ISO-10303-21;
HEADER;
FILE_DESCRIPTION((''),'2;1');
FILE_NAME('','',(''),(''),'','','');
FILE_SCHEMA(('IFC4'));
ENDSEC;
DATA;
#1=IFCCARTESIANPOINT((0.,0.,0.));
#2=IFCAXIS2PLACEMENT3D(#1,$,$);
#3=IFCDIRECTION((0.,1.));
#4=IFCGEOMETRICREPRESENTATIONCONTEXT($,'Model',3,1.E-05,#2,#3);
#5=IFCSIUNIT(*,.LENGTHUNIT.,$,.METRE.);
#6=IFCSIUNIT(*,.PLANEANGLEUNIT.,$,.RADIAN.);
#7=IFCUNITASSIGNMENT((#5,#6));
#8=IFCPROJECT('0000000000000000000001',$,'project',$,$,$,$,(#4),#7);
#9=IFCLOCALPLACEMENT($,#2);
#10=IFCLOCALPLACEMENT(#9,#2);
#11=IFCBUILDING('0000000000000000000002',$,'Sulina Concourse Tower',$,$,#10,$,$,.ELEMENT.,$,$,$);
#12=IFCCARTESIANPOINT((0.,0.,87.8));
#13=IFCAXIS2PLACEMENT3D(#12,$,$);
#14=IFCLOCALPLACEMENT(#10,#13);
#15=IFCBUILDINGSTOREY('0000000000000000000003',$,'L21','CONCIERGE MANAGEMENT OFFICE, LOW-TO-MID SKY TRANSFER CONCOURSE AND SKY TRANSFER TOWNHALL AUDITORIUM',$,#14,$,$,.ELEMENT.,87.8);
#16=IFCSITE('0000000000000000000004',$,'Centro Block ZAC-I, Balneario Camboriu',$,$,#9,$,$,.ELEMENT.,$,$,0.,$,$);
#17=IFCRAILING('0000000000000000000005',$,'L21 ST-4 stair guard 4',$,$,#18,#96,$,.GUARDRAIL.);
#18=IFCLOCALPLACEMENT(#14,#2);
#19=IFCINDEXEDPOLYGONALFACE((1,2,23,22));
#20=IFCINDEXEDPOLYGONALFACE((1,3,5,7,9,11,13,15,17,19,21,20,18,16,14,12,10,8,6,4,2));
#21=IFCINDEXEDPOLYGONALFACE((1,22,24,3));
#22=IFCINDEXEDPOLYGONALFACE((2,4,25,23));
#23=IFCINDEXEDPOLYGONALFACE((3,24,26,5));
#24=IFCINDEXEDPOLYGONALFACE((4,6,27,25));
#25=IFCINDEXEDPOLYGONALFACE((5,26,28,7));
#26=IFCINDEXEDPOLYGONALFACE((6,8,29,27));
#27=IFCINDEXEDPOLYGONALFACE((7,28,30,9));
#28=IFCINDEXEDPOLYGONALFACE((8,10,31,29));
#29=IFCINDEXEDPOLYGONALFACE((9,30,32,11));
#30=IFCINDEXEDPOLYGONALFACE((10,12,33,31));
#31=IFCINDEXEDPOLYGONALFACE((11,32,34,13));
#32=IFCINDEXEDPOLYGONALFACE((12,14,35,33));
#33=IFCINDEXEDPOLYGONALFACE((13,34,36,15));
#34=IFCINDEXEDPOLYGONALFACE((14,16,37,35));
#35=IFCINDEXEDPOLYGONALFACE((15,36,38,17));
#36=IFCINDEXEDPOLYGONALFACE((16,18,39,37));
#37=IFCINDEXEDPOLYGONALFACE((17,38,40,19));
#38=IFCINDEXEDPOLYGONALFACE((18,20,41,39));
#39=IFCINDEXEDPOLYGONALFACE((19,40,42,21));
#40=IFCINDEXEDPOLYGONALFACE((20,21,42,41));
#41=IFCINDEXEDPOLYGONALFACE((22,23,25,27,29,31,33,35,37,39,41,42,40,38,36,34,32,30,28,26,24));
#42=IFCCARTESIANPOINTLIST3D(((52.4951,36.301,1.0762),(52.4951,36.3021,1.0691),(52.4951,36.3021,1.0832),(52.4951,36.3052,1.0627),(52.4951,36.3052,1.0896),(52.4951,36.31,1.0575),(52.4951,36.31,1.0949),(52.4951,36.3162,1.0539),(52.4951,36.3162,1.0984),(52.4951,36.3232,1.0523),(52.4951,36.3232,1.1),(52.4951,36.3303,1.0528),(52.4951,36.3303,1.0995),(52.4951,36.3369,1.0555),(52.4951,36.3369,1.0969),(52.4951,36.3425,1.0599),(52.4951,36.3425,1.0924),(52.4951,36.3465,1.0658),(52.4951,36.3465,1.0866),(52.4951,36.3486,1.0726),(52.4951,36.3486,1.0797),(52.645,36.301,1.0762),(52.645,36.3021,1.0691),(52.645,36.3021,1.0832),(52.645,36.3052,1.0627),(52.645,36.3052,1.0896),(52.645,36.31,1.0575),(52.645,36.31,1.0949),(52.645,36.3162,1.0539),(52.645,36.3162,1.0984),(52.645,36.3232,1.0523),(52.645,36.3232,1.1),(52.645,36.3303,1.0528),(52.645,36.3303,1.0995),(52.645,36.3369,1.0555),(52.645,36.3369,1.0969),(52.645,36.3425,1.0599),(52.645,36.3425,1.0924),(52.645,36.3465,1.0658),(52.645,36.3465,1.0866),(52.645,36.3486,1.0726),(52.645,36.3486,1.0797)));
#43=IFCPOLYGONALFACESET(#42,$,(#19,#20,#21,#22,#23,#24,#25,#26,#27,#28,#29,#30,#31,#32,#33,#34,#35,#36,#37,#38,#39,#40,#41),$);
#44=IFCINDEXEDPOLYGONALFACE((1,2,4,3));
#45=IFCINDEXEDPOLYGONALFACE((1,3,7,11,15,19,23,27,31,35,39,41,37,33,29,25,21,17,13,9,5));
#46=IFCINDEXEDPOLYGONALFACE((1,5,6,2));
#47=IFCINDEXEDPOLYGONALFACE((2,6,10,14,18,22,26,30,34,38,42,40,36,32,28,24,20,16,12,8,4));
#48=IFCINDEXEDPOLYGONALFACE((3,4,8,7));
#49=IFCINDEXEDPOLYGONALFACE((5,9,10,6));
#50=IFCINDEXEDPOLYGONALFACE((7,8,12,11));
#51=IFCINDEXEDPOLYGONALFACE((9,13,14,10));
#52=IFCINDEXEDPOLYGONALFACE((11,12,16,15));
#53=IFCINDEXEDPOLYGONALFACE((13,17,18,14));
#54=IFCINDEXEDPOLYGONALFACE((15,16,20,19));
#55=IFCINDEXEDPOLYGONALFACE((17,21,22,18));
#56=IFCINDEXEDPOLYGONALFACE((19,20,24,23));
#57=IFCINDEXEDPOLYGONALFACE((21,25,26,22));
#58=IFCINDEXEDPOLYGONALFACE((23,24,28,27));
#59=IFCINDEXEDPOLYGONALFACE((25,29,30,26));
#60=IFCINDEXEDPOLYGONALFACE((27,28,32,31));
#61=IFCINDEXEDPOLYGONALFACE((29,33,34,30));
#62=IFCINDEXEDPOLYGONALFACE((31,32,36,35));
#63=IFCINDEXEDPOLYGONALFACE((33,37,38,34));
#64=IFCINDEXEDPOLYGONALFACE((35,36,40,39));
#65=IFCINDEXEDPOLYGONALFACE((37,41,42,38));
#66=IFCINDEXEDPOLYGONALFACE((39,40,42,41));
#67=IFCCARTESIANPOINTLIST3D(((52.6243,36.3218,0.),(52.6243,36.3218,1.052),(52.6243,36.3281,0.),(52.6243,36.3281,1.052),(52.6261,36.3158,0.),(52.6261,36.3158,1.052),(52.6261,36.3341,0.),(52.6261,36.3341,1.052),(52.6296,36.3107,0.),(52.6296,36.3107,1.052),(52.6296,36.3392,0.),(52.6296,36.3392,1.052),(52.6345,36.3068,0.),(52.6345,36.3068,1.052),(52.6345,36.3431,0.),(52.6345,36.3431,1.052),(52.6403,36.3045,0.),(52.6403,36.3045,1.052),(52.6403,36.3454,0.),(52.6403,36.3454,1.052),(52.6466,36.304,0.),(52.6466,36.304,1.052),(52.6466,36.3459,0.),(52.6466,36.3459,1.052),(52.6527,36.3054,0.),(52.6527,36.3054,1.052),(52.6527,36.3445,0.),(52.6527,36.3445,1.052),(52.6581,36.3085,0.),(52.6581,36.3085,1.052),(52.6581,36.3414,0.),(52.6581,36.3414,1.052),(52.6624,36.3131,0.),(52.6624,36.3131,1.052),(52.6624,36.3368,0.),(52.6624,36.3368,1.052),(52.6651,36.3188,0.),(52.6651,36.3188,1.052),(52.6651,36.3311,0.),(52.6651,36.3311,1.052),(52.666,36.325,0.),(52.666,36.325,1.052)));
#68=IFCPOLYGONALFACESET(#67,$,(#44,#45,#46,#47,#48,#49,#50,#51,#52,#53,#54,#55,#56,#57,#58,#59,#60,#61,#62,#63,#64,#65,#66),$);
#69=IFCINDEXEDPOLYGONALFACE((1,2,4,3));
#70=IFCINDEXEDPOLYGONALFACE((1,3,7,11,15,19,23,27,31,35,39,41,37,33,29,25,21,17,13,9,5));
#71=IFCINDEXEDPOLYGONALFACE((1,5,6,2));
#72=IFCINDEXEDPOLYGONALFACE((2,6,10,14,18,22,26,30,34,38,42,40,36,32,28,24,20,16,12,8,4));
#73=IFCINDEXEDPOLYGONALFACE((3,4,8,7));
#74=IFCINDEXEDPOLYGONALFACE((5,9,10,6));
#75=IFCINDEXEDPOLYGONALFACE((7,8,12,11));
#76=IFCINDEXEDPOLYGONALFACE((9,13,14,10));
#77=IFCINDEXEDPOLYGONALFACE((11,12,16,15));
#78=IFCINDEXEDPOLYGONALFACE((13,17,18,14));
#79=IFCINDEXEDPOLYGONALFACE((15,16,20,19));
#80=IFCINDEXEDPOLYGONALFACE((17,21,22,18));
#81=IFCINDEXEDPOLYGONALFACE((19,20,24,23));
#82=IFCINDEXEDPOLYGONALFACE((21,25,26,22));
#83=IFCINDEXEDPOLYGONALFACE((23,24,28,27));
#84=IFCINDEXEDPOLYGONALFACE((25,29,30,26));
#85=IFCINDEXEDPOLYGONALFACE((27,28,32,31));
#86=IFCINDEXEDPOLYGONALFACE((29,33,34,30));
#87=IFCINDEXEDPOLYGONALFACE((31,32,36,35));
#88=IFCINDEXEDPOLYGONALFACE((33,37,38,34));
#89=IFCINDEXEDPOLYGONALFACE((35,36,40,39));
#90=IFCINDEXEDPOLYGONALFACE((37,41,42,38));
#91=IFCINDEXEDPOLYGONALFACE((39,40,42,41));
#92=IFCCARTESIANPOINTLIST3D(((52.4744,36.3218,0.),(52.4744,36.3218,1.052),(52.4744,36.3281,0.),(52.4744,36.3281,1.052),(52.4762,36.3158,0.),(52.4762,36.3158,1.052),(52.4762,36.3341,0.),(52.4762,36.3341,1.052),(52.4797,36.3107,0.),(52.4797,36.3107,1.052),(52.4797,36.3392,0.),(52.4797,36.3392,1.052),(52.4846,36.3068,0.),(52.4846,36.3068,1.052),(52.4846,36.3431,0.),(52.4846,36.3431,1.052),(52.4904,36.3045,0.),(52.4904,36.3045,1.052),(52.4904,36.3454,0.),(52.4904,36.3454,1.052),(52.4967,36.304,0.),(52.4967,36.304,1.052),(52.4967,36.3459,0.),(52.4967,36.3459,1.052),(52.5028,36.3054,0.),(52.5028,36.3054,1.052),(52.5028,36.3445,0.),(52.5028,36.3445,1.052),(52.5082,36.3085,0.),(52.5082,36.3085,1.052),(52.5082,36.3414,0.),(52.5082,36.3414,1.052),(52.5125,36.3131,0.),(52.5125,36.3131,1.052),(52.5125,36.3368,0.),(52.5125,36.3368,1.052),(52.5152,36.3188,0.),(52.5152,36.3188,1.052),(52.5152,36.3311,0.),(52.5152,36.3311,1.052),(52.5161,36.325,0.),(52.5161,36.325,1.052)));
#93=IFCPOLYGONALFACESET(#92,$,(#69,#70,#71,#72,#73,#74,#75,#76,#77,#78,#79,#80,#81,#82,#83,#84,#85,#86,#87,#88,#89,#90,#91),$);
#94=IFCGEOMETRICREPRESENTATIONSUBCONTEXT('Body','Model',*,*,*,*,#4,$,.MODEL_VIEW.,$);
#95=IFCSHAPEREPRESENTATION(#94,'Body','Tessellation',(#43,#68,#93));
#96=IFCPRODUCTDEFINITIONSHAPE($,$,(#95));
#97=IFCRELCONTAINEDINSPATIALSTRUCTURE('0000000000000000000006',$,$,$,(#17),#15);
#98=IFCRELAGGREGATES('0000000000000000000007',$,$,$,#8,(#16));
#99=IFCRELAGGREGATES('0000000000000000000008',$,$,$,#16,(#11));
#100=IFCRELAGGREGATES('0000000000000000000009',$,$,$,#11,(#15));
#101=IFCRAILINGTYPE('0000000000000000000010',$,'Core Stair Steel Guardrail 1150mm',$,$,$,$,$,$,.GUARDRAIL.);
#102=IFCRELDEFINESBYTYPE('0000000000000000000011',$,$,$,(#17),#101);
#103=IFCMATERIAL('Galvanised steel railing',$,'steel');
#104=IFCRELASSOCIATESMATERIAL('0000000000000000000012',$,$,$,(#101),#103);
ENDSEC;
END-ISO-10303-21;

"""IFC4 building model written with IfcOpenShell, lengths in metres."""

from ifc_helpers import new_model, si_unit, direction, frame, origin, origin_2d, place, context, subcontext, project, spatial, circle, extrude, material, type_object, element, save


model = new_model("IFC4")

# Units and contexts
model_context = context("Model", 3, precision=1e-05, world=origin(), true_north=direction((0.0, 1.0)))
body_context = subcontext(model_context, "Body", "Model", "MODEL_VIEW")
ifc_project = project(units=[si_unit("LENGTHUNIT", "METRE"), si_unit("PLANEANGLEUNIT", "RADIAN")], contexts=[model_context])

# Site, building, storey
site_placement = place(None, origin())
site = spatial("IfcSite", under=ifc_project, at=site_placement, Name="Centro Block ZAC-I, Balneario Camboriu", CompositionType="ELEMENT", RefElevation=0.0)
building_placement = place(site_placement, origin())
building = spatial("IfcBuilding", under=site, at=building_placement, Name="Sulina Concourse Tower", CompositionType="ELEMENT")
storey_placement = place(building_placement, frame((0.0, 0.0, 87.8)))
storey = spatial("IfcBuildingStorey", under=building, at=storey_placement, Name="L21", Description="CONCIERGE MANAGEMENT OFFICE, LOW-TO-MID SKY TRANSFER CONCOURSE AND SKY TRANSFER TOWNHALL AUDITORIUM", CompositionType="ELEMENT", Elevation=87.8)

# Railing
ifc_material_1 = material(Name="Galvanised steel railing", Category="steel")
railing_type_1 = type_object("IfcRailingType", Name="Core Stair Steel Guardrail 1150mm", PredefinedType="GUARDRAIL", material=ifc_material_1)
railing_1_placement = place(storey_placement, frame((52.645, 36.325, 0.0)))
element("IfcRailing", 1, at=railing_1_placement, inside=storey, type_object=railing_type_1, Name="L21 ST-4 stair guard 4", PredefinedType="GUARDRAIL", context=body_context, shape_type="SweptSolid", body=[
    extrude(circle(Radius=0.0239, at=origin_2d()), frame((0.0, 0.0, 1.0762), z_axis=(-1.0, 0.0, 0.0), x_axis=(0.0, -1.0, 0.0)), (0.0, 0.0, 1.0), 0.1499),
    extrude(circle(Radius=0.021, at=origin_2d()), origin(), (0.0, 0.0, 1.0), 1.052),
    extrude(circle(Radius=0.021, at=origin_2d()), frame((-0.1499, 0.0, 0.0)), (0.0, 0.0, 1.0), 1.052),
])

save(model, "model.ifc")
